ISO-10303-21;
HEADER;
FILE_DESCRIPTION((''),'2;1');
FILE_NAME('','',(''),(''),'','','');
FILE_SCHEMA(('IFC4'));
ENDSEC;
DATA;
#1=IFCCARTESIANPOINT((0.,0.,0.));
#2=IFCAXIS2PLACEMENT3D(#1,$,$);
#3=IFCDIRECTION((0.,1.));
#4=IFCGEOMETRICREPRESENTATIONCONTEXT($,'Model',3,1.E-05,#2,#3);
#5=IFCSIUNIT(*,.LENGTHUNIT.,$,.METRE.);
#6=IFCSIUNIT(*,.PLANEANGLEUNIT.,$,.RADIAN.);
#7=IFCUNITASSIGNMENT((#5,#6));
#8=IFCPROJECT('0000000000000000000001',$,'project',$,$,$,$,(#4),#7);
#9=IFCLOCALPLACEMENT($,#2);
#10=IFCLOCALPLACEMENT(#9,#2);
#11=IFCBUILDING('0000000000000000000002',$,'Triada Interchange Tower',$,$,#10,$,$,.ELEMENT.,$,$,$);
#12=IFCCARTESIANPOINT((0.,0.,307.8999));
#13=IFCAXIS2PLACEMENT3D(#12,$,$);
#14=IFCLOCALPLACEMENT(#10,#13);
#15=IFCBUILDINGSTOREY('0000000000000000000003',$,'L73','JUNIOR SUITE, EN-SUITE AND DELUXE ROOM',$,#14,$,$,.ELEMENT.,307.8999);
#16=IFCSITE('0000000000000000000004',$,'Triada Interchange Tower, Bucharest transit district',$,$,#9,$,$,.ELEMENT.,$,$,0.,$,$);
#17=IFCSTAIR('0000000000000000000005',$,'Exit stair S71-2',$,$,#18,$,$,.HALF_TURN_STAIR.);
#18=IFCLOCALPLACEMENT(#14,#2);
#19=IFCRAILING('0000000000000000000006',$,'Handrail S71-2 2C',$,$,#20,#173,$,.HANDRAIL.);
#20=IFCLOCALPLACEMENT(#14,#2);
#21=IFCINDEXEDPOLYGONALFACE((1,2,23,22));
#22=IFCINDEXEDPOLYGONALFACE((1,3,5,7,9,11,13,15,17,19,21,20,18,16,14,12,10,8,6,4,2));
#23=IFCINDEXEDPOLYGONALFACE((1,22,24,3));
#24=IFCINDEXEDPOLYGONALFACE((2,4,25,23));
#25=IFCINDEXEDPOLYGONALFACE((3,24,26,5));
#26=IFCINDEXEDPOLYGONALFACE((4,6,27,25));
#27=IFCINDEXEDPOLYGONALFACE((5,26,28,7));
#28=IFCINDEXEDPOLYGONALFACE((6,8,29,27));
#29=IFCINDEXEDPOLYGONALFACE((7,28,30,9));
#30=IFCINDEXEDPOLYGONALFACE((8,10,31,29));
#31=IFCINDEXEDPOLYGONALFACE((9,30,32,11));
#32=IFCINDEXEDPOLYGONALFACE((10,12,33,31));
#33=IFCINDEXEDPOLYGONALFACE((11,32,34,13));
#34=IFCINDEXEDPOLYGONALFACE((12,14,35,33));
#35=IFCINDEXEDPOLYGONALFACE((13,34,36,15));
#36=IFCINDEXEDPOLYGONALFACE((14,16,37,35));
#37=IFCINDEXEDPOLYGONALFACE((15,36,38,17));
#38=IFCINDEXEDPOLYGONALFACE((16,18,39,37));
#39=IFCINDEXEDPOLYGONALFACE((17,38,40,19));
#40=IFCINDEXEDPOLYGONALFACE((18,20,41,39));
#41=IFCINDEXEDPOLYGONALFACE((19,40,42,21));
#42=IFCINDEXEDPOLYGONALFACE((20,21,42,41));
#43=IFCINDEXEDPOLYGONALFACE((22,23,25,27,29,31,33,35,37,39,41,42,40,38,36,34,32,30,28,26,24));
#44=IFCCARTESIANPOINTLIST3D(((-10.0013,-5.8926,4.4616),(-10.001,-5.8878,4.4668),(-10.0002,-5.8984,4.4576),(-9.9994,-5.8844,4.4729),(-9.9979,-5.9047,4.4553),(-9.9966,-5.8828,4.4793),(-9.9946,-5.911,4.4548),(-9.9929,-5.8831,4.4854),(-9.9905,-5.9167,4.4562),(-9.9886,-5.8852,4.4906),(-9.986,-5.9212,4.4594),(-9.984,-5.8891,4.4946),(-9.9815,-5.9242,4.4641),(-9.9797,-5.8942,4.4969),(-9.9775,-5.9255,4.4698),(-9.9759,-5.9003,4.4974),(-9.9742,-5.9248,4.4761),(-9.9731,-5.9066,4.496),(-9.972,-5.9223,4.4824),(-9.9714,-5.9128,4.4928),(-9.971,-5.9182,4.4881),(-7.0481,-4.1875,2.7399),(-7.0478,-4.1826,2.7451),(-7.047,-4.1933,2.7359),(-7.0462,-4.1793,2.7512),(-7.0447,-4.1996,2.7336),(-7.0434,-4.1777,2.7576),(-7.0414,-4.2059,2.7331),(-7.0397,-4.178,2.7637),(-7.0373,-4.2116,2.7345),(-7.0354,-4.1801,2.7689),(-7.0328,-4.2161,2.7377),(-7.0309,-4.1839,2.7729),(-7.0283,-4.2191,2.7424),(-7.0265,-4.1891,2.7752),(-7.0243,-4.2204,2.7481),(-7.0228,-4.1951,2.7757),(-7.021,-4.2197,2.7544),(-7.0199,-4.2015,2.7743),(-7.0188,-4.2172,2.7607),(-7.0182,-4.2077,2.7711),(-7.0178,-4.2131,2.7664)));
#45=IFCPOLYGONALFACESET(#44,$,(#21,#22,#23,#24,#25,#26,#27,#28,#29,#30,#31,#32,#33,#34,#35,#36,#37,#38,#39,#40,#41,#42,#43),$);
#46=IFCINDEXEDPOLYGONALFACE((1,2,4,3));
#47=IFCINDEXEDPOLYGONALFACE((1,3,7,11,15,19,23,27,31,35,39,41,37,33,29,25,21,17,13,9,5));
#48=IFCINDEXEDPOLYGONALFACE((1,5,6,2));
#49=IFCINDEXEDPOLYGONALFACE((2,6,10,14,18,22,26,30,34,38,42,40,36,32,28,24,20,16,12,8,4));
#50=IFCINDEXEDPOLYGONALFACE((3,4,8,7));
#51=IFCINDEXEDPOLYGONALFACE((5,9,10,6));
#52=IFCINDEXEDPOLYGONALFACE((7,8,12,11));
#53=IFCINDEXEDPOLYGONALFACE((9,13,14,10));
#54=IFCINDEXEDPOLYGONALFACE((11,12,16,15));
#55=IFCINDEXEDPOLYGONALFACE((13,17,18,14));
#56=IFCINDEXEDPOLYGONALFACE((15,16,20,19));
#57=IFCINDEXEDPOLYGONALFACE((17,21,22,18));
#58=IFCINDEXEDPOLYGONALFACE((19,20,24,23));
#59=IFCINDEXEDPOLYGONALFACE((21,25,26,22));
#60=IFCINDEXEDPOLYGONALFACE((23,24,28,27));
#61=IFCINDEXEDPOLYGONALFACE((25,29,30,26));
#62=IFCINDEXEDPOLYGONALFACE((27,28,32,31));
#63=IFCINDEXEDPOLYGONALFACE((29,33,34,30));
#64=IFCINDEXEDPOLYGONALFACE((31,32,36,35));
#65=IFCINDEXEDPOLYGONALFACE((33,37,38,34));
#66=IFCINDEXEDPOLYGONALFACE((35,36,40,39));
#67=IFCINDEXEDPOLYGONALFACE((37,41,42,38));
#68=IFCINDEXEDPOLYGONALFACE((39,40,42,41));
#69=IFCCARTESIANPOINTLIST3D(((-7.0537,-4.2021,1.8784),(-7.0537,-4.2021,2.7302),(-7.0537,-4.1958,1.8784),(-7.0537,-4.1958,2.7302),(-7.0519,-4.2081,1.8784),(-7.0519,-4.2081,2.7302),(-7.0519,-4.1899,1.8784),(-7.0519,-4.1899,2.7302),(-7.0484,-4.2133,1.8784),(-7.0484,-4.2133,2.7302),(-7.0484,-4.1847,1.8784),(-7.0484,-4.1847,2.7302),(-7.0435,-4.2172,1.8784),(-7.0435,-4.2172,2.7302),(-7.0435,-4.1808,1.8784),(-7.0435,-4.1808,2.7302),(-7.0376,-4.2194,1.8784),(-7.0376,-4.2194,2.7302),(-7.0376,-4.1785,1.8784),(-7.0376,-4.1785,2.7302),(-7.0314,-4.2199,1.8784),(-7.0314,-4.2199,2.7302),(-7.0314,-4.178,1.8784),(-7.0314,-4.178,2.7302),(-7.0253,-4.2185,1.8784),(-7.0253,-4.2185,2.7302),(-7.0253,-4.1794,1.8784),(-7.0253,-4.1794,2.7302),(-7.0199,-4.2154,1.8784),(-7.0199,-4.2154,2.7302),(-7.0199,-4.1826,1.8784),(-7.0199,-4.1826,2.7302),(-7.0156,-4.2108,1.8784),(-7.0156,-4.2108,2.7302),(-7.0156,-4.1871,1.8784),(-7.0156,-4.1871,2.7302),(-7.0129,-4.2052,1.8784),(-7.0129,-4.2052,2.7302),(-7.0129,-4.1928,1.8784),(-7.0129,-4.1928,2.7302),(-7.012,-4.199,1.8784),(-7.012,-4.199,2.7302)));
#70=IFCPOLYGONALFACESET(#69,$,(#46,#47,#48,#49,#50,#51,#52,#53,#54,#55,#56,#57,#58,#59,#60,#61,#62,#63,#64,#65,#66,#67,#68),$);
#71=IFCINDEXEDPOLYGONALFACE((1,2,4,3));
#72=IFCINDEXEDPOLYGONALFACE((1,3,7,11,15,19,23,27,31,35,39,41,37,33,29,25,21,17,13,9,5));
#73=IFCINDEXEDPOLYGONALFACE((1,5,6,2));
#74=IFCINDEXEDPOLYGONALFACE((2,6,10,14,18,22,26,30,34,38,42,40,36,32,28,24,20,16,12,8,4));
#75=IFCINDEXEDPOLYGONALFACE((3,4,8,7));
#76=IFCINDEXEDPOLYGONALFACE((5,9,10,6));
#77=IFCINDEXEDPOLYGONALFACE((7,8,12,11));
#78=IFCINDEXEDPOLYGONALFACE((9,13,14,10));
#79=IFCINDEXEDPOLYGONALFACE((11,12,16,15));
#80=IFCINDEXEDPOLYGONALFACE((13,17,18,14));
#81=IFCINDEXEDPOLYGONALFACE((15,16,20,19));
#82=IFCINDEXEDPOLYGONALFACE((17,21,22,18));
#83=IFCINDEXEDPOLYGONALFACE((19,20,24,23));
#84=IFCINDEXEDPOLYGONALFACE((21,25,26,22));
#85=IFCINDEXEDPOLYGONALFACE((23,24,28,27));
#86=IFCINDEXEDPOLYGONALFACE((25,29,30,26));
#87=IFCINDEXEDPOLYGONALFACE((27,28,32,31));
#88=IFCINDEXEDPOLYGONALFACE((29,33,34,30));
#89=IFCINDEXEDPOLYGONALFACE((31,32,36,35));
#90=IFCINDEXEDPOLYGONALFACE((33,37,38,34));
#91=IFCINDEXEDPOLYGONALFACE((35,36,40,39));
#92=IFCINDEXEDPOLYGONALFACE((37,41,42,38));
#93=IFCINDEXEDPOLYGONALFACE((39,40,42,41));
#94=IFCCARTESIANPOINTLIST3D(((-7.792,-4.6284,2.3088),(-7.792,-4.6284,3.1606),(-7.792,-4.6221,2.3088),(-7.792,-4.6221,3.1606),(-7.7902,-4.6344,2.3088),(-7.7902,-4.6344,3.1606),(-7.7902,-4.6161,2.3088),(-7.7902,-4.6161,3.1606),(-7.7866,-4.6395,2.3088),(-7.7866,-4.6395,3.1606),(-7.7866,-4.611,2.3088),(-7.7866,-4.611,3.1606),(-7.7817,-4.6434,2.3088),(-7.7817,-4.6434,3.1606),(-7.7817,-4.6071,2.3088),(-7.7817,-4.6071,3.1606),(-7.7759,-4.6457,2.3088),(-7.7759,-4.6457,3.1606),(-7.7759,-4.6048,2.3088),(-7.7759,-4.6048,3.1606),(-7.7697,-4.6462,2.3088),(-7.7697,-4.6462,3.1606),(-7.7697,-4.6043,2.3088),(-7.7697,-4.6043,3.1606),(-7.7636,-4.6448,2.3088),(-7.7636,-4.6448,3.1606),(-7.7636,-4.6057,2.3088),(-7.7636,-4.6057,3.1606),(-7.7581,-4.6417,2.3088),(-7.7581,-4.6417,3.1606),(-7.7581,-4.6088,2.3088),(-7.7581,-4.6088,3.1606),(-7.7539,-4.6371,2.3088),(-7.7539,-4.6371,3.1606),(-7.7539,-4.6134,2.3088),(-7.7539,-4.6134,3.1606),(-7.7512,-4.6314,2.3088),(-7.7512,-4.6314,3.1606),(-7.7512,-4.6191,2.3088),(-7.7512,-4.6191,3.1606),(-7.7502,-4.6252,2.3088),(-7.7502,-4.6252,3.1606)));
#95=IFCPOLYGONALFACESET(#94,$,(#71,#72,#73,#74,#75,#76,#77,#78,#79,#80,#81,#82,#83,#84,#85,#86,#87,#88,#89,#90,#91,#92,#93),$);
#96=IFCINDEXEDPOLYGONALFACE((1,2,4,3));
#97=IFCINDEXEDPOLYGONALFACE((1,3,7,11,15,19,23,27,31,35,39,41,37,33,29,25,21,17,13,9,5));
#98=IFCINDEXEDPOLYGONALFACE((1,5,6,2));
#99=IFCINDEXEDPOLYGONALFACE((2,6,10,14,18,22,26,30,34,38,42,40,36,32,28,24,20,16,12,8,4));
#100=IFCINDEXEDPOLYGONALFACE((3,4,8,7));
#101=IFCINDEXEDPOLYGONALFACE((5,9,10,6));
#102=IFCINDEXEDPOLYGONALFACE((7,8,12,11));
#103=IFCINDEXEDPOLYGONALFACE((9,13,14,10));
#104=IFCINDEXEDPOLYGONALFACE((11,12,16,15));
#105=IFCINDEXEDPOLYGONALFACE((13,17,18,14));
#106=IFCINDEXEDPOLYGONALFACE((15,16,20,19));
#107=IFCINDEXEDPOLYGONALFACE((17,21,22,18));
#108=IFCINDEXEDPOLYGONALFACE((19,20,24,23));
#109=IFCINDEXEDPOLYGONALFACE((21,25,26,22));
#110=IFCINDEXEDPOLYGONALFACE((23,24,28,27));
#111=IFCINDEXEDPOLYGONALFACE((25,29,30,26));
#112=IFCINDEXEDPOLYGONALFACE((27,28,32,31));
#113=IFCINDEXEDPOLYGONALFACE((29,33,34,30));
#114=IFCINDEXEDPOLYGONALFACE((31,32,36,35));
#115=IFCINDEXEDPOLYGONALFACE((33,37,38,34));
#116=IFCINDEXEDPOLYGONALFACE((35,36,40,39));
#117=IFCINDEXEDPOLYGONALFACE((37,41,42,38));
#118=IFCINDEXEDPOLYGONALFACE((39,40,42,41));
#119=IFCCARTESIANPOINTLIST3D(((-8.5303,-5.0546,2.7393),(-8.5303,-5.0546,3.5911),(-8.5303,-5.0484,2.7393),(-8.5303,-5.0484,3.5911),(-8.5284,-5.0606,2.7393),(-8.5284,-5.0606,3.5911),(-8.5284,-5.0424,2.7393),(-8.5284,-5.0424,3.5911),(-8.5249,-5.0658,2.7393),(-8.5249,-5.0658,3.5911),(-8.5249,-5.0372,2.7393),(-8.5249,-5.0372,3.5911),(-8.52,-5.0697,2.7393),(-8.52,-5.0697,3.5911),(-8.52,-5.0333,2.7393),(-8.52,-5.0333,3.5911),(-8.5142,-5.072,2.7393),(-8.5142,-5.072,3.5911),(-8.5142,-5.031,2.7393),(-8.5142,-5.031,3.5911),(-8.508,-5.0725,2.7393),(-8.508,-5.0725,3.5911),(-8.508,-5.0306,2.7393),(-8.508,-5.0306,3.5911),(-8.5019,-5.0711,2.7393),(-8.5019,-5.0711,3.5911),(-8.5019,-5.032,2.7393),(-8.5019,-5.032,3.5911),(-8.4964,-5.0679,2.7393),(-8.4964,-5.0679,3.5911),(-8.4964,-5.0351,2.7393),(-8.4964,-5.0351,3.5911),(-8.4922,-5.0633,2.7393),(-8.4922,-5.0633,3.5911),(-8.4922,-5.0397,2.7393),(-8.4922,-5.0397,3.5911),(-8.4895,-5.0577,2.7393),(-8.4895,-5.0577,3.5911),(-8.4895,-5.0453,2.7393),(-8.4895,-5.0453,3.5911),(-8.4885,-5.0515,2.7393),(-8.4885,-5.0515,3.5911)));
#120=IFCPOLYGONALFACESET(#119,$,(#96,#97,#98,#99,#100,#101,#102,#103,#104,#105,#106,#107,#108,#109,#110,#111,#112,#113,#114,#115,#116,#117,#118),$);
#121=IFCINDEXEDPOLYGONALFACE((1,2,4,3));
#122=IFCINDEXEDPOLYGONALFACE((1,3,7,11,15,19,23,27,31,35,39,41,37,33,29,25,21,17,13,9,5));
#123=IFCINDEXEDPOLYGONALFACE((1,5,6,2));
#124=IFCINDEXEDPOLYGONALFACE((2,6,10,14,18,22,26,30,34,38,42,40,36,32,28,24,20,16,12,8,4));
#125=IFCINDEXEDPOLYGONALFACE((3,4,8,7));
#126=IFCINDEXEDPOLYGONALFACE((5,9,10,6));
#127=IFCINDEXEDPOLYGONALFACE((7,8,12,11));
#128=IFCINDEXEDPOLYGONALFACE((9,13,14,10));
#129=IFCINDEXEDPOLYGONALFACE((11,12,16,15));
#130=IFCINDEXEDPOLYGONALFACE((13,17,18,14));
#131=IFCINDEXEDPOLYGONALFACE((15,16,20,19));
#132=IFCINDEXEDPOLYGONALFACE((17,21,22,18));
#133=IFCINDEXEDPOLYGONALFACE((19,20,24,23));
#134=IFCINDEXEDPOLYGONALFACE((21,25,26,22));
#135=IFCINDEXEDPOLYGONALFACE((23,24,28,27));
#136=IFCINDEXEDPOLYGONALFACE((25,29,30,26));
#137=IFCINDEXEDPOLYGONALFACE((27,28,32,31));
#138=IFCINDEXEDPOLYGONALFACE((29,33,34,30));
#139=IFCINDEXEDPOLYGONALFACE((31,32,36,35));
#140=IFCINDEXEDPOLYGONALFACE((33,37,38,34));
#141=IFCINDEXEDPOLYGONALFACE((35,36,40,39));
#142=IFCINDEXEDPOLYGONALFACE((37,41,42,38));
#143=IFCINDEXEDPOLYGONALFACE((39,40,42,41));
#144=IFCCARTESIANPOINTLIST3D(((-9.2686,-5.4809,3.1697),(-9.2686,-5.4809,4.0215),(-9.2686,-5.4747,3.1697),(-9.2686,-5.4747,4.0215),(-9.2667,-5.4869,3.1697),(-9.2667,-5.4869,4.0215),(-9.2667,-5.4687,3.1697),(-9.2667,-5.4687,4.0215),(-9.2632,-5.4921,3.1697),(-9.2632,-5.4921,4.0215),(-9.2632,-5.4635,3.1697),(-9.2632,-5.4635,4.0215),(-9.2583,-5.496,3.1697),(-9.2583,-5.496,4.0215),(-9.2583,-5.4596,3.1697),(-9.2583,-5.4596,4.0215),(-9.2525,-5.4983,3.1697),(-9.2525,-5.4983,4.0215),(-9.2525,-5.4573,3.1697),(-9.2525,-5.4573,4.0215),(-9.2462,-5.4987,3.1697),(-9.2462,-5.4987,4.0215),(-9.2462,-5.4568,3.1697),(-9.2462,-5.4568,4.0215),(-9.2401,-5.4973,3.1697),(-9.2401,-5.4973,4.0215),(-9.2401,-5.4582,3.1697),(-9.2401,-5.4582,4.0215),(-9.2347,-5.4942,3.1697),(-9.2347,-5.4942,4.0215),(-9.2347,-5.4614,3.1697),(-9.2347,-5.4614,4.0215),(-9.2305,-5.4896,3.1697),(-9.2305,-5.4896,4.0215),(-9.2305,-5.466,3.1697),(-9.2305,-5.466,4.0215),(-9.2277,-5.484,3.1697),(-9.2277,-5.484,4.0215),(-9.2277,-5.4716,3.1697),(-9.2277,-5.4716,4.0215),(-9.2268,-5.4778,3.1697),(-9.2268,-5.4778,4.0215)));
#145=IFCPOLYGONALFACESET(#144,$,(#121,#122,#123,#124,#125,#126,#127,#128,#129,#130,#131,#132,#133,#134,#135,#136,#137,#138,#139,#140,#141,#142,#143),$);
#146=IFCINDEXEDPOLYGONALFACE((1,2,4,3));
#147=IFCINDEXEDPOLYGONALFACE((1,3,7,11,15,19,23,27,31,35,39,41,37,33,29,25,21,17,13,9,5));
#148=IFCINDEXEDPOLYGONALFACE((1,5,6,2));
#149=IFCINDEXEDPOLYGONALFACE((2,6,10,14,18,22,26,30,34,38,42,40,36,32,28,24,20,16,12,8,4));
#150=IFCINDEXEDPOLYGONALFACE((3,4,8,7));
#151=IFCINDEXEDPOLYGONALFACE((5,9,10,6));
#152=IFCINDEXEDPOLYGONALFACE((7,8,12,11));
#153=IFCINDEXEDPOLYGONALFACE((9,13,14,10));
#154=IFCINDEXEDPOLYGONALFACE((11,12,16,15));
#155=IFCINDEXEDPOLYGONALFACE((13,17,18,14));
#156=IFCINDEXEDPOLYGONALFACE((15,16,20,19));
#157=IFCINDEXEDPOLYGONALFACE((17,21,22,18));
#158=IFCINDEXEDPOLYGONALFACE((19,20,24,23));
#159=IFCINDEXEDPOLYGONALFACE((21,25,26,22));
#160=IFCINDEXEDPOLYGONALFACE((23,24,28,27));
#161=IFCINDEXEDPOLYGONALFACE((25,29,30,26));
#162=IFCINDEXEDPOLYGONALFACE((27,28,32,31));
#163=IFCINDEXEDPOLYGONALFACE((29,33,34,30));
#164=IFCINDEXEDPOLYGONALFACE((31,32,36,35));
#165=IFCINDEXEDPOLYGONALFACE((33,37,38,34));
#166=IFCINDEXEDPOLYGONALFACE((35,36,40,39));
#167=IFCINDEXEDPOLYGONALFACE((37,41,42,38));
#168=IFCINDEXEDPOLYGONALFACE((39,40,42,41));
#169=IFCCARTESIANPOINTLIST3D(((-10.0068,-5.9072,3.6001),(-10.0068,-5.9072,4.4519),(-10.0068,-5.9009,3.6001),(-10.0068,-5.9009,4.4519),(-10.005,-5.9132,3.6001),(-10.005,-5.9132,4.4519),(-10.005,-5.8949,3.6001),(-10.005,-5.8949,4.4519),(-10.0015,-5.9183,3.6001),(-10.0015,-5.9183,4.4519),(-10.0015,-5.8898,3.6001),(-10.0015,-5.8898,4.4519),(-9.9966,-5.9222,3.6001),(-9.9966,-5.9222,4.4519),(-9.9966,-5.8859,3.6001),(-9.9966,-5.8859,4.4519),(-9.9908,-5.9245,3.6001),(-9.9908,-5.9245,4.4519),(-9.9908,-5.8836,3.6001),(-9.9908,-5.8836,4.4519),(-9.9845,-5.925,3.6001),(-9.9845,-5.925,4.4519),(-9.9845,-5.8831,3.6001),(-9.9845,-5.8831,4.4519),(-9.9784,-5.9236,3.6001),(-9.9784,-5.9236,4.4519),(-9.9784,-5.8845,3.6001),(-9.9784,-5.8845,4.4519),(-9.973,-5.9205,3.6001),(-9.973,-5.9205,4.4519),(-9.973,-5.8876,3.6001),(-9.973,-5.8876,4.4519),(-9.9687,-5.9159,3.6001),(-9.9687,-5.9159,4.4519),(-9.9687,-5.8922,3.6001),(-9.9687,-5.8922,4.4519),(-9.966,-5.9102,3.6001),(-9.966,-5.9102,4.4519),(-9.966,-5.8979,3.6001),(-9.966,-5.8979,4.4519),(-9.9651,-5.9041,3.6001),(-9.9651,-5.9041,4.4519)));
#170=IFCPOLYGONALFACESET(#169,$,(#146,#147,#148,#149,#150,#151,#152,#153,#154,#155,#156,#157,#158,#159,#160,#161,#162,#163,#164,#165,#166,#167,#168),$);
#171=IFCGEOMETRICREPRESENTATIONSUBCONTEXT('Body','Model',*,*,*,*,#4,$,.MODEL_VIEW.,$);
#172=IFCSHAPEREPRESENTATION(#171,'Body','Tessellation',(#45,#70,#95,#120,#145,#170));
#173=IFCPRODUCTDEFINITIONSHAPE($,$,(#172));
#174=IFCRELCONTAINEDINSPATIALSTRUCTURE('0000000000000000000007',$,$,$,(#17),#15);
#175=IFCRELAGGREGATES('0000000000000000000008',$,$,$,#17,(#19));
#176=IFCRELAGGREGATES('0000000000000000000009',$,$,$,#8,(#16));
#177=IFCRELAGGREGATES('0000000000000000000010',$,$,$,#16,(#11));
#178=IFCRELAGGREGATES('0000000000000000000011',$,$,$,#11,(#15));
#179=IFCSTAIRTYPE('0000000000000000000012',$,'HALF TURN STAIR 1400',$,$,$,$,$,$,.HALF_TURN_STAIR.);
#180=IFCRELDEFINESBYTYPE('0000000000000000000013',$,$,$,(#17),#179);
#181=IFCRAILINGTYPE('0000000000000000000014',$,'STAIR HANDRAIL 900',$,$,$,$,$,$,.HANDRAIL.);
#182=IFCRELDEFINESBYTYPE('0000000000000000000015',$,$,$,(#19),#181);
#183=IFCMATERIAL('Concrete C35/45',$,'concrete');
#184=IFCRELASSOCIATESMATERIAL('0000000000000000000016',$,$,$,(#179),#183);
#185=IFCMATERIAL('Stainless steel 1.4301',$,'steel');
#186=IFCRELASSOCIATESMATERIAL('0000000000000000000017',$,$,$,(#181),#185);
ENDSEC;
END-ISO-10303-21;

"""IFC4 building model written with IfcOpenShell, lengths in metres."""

from ifc_helpers import new_model, si_unit, direction, frame, origin, origin_2d, place, context, subcontext, project, spatial, circle, extrude, material, type_object, element, aggregate, save


model = new_model("IFC4")

# Units and contexts
model_context = context("Model", 3, precision=1e-05, world=origin(), true_north=direction((0.0, 1.0)))
body_context = subcontext(model_context, "Body", "Model", "MODEL_VIEW")
ifc_project = project(units=[si_unit("LENGTHUNIT", "METRE"), si_unit("PLANEANGLEUNIT", "RADIAN")], contexts=[model_context])

# Site, building, storey
site_placement = place(None, origin())
site = spatial("IfcSite", under=ifc_project, at=site_placement, Name="Triada Interchange Tower, Bucharest transit district", CompositionType="ELEMENT", RefElevation=0.0)
building_placement = place(site_placement, origin())
building = spatial("IfcBuilding", under=site, at=building_placement, Name="Triada Interchange Tower", CompositionType="ELEMENT")
storey_placement = place(building_placement, frame((0.0, 0.0, 307.8999)))
storey = spatial("IfcBuildingStorey", under=building, at=storey_placement, Name="L73", Description="JUNIOR SUITE, EN-SUITE AND DELUXE ROOM", CompositionType="ELEMENT", Elevation=307.8999)

# Stair, railing
ifc_material_1 = material(Name="Concrete C35/45", Category="concrete")
stair_type = type_object("IfcStairType", Name="HALF TURN STAIR 1400", PredefinedType="HALF_TURN_STAIR", material=ifc_material_1)
stair_placement = place(storey_placement, origin())
stair = element("IfcStair", 1, at=stair_placement, inside=storey, type_object=stair_type, Name="Exit stair S71-2", PredefinedType="HALF_TURN_STAIR")
ifc_material_2 = material(Name="Stainless steel 1.4301", Category="steel")
railing_type = type_object("IfcRailingType", Name="STAIR HANDRAIL 900", PredefinedType="HANDRAIL", material=ifc_material_2)
railing_1_placement = place(storey_placement, frame((-7.033, -4.199, 1.8784)))
railing_1 = element("IfcRailing", 2, at=railing_1_placement, type_object=railing_type, Name="Handrail S71-2 2C", PredefinedType="HANDRAIL", context=body_context, shape_type="SweptSolid", body=[
    extrude(circle(Radius=0.0239, at=origin_2d()), frame((0.0, 0.0, 0.876), z_axis=(-0.773069, -0.446355, 0.450701), x_axis=(0.50002, -0.866014, 0.0)), (0.0, 0.0, 1.0), 3.8201),
    extrude(circle(Radius=0.021, at=origin_2d()), origin(), (0.0, 0.0, 1.0), 0.8518),
    extrude(circle(Radius=0.021, at=origin_2d()), frame((-0.7383, -0.4263, 0.4304)), (0.0, 0.0, 1.0), 0.8518),
    extrude(circle(Radius=0.021, at=origin_2d()), frame((-1.4766, -0.8525, 0.8608)), (0.0, 0.0, 1.0), 0.8518),
    extrude(circle(Radius=0.021, at=origin_2d()), frame((-2.2148, -1.2788, 1.2913)), (0.0, 0.0, 1.0), 0.8518),
    extrude(circle(Radius=0.021, at=origin_2d()), frame((-2.9531, -1.7051, 1.7217)), (0.0, 0.0, 1.0), 0.8518),
])
aggregate(stair, [railing_1])

save(model, "model.ifc")
